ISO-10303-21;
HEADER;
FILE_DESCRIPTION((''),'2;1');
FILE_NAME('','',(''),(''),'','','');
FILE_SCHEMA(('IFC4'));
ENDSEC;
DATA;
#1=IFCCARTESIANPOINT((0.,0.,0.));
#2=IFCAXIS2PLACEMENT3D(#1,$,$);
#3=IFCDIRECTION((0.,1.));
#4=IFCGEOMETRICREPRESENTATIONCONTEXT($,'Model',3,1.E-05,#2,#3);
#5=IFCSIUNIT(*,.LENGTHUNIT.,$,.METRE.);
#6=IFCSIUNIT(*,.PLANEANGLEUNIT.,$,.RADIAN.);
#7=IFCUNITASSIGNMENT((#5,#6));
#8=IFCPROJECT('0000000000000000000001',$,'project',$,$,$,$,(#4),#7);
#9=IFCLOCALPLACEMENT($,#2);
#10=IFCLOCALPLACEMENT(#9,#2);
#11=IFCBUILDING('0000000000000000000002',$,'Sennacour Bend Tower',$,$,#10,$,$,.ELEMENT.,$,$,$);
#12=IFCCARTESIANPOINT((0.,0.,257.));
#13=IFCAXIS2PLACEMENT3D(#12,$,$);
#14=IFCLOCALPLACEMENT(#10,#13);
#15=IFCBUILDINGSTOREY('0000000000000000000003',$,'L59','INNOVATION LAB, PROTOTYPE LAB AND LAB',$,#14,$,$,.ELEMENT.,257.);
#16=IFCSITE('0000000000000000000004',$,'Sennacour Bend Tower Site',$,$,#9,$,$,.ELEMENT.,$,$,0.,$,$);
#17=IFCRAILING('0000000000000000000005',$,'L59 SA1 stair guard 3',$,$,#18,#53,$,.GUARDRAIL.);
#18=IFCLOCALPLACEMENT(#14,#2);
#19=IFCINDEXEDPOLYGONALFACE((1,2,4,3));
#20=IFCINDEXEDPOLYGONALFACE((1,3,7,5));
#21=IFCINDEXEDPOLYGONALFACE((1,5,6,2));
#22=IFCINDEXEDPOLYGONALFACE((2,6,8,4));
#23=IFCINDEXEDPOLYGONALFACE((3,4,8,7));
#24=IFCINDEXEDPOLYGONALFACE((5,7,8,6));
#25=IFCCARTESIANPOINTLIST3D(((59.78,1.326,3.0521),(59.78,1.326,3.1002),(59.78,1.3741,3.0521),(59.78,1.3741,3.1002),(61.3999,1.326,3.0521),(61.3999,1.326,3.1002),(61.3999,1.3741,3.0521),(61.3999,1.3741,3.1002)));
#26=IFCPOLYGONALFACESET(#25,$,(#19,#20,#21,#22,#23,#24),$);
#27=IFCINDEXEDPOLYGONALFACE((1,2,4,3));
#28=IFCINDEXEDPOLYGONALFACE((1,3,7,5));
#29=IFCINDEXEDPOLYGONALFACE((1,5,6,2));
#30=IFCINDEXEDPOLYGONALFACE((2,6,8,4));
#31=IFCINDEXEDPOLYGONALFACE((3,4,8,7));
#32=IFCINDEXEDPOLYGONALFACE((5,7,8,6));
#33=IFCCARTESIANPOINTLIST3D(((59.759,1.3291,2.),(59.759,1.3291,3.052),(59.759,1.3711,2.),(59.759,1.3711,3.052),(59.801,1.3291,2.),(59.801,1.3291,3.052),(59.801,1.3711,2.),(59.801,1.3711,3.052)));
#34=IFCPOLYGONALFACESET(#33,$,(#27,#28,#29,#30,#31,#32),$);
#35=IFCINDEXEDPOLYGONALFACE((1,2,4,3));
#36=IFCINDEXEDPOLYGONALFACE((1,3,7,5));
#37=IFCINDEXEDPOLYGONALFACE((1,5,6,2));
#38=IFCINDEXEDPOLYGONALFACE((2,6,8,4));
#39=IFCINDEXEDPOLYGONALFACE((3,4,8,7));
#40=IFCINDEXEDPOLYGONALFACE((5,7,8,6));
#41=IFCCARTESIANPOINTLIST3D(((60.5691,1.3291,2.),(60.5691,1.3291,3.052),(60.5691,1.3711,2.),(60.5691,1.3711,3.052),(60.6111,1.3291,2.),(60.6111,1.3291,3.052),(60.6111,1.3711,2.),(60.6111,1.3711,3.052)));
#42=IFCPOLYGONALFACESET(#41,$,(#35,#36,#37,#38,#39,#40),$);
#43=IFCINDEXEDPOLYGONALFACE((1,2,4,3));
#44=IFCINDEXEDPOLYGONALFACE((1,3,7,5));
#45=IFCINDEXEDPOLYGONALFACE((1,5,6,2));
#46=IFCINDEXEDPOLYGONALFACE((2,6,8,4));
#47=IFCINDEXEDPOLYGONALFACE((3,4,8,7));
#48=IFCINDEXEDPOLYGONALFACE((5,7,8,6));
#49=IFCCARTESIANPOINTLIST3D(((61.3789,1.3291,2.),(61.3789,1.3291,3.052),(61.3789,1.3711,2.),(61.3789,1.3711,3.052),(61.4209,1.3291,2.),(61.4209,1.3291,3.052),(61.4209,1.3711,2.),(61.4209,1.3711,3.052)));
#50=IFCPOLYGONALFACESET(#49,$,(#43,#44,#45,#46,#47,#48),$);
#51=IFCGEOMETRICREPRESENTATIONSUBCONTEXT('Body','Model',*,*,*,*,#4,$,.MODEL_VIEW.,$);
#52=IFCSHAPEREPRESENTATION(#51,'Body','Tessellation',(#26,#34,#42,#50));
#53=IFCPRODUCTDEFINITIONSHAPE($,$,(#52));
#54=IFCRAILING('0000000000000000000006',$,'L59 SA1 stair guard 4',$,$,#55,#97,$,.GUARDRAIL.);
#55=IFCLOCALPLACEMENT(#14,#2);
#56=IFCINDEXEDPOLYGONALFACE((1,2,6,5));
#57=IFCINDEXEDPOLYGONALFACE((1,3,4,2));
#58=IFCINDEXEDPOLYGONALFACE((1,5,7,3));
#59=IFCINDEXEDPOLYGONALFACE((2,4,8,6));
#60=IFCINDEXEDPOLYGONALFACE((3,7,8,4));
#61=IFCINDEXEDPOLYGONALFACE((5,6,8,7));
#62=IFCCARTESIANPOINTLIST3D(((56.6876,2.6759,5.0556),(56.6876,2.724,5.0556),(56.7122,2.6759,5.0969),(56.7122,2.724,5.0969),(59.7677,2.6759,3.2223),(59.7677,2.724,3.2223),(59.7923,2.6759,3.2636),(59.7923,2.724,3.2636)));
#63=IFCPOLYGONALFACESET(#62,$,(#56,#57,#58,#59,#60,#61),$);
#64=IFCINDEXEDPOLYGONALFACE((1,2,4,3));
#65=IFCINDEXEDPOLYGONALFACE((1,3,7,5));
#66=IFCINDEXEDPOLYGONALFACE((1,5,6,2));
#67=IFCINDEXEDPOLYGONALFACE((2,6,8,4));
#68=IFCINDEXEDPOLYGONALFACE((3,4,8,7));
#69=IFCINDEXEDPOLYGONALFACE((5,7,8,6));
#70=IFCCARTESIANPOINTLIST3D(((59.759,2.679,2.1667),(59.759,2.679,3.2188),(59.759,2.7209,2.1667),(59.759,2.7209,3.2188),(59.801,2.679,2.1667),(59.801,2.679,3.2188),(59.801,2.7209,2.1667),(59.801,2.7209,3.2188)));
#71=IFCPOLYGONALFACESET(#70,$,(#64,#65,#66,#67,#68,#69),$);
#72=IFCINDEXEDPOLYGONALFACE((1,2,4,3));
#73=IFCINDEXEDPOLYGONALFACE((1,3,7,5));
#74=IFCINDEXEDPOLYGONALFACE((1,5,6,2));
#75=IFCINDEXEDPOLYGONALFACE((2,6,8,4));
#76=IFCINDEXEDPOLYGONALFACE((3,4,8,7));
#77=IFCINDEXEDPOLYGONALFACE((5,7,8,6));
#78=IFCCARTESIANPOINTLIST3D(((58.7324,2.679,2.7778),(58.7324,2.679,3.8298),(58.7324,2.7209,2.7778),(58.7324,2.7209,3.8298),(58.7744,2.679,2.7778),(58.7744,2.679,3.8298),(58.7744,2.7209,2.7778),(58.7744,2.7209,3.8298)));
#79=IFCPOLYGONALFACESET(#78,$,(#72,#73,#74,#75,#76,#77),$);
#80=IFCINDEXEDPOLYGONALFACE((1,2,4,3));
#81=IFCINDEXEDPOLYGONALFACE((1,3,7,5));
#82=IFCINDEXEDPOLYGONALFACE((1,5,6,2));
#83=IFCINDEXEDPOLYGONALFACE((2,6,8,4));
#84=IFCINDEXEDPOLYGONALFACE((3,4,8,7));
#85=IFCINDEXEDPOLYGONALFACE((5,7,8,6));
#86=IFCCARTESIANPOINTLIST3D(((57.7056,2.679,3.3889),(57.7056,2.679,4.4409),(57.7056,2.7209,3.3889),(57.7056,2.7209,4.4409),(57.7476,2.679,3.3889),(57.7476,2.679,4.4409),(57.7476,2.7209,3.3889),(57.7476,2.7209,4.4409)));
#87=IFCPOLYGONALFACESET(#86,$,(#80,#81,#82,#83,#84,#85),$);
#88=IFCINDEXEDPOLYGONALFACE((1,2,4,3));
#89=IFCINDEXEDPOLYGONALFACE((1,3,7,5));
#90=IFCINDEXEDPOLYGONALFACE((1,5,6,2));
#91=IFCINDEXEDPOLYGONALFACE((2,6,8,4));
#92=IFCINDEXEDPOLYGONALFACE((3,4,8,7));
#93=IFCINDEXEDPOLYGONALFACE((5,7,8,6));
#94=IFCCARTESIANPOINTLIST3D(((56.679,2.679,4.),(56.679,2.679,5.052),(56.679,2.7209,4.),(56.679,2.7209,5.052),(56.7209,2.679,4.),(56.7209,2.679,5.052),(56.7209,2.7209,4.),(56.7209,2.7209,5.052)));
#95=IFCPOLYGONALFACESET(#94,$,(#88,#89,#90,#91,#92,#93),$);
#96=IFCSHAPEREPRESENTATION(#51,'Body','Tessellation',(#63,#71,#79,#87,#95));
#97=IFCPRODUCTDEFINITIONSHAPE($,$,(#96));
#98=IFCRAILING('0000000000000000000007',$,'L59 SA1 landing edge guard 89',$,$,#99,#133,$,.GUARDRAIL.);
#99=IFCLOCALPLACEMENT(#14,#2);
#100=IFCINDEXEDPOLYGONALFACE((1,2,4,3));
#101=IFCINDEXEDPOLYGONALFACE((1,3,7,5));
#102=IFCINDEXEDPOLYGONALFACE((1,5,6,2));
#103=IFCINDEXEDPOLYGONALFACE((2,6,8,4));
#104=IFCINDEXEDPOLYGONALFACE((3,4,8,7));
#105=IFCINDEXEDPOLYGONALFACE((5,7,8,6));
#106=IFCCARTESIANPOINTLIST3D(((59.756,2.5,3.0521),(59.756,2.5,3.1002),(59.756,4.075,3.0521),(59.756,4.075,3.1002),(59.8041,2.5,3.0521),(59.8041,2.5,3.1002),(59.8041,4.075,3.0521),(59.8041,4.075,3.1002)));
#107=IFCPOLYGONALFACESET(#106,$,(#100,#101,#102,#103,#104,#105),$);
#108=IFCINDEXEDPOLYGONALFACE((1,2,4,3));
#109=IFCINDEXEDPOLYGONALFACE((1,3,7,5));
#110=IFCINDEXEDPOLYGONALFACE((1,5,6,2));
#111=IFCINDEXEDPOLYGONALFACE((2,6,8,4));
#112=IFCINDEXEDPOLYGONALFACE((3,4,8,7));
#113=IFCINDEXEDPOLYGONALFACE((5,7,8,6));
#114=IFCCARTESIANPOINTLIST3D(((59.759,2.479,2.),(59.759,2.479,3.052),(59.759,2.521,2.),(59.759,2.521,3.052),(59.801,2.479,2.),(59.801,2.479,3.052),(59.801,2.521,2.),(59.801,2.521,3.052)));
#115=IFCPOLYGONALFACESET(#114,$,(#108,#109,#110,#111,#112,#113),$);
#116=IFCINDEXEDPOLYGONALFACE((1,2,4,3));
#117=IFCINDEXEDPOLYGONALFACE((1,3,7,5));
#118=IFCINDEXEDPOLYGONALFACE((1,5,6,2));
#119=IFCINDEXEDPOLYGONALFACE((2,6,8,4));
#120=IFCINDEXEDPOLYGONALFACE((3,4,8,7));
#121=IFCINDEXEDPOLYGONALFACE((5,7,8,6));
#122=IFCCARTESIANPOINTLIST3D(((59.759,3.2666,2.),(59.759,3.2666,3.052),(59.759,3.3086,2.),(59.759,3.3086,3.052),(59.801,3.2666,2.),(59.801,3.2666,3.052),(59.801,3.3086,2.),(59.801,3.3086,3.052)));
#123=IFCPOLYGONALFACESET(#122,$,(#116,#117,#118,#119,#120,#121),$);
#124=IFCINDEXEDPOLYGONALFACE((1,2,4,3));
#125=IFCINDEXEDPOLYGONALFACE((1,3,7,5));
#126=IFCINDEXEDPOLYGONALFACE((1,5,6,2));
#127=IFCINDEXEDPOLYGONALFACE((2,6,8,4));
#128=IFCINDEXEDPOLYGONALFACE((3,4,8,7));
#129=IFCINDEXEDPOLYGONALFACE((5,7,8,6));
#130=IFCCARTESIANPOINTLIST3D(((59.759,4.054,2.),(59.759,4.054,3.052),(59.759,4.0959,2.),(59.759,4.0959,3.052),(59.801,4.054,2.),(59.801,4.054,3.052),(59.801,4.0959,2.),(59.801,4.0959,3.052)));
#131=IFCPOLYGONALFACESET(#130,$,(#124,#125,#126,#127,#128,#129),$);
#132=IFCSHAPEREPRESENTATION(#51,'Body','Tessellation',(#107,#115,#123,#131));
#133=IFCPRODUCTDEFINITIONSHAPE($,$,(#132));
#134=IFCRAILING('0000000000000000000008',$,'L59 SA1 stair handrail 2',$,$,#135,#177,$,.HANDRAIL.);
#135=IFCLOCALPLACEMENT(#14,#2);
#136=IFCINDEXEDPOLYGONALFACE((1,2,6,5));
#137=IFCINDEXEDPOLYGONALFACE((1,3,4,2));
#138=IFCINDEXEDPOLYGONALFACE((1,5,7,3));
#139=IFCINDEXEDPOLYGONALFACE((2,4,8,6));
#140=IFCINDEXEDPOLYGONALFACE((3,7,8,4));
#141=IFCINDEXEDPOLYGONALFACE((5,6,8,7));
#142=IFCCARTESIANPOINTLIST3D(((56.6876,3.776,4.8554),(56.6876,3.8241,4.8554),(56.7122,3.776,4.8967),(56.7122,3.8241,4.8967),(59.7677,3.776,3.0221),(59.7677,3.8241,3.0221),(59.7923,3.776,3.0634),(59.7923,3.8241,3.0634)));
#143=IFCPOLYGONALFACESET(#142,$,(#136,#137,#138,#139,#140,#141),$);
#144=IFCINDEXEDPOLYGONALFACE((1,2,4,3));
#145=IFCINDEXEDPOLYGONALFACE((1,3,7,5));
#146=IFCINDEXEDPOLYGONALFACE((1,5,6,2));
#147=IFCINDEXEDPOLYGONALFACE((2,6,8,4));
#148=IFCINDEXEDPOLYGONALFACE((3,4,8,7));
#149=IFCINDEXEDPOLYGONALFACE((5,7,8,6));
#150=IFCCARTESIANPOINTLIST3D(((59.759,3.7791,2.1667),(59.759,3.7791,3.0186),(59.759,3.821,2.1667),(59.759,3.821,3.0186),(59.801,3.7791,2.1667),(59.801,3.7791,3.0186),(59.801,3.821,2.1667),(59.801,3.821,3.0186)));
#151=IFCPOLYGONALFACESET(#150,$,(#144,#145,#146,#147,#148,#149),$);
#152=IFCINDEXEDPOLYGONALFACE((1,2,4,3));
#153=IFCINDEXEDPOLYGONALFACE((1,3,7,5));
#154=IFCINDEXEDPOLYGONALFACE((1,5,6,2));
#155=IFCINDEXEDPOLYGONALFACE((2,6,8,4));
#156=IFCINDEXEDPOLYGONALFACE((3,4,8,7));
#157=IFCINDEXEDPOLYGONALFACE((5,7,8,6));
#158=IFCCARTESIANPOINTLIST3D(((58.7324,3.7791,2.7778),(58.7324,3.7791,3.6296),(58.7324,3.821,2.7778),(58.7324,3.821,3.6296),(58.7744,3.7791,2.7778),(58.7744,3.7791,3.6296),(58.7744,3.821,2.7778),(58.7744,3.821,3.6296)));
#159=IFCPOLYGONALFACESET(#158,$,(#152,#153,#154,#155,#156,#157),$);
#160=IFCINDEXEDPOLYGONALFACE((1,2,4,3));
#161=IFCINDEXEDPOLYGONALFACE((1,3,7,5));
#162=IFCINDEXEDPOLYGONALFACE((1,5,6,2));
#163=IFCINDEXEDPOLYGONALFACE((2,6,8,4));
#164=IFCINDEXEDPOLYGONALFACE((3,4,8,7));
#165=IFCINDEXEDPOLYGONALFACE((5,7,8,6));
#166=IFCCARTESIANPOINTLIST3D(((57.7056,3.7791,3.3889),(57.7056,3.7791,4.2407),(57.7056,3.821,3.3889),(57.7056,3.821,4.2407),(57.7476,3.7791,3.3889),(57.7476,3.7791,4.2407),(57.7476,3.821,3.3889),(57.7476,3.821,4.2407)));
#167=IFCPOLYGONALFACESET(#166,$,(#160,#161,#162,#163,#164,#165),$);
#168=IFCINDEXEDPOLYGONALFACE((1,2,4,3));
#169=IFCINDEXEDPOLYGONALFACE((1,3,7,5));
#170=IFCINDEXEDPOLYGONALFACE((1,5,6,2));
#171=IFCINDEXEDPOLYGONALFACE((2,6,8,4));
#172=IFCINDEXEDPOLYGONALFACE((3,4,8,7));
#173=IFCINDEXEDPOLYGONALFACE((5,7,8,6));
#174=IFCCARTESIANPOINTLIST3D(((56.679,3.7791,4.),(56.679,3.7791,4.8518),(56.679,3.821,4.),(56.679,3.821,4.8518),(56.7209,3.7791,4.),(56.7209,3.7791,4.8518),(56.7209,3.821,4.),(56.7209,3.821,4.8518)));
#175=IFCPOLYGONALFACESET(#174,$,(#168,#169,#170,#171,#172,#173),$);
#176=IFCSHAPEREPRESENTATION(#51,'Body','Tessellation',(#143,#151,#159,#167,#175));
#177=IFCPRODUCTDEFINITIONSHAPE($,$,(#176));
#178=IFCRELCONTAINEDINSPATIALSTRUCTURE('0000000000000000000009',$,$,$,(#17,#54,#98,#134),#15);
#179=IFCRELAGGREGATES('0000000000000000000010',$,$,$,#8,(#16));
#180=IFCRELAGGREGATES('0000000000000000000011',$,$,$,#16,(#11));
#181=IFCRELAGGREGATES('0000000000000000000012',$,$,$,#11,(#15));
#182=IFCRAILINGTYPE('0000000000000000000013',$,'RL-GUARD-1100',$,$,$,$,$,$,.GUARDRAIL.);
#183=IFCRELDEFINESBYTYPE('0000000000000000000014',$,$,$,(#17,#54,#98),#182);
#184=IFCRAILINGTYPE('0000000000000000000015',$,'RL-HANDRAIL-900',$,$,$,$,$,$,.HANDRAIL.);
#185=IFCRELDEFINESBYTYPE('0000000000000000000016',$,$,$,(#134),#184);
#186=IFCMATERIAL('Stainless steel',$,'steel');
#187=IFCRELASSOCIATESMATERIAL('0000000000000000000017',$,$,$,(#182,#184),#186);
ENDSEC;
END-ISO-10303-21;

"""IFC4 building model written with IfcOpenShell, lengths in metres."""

from ifc_helpers import new_model, si_unit, direction, frame, origin, origin_2d, place, context, subcontext, project, spatial, rectangle, extrude, material, type_object, element, save


model = new_model("IFC4")

# Units and contexts
model_context = context("Model", 3, precision=1e-05, world=origin(), true_north=direction((0.0, 1.0)))
body_context = subcontext(model_context, "Body", "Model", "MODEL_VIEW")
ifc_project = project(units=[si_unit("LENGTHUNIT", "METRE"), si_unit("PLANEANGLEUNIT", "RADIAN")], contexts=[model_context])

# Site, building, storey
site_placement = place(None, origin())
site = spatial("IfcSite", under=ifc_project, at=site_placement, Name="Sennacour Bend Tower Site", CompositionType="ELEMENT", RefElevation=0.0)
building_placement = place(site_placement, origin())
building = spatial("IfcBuilding", under=site, at=building_placement, Name="Sennacour Bend Tower", CompositionType="ELEMENT")
storey_placement = place(building_placement, frame((0.0, 0.0, 257.0)))
storey = spatial("IfcBuildingStorey", under=building, at=storey_placement, Name="L59", Description="INNOVATION LAB, PROTOTYPE LAB AND LAB", CompositionType="ELEMENT", Elevation=257.0)

# Shared definitions
ifc_material_1 = material(Name="Stainless steel", Category="steel")

# Railings
railing_type_1 = type_object("IfcRailingType", Name="RL-GUARD-1100", PredefinedType="GUARDRAIL", material=ifc_material_1)
railing_1_placement = place(storey_placement, frame((59.78, 1.3501, 2.0)))
element("IfcRailing", 1, at=railing_1_placement, inside=storey, type_object=railing_type_1, Name="L59 SA1 stair guard 3", PredefinedType="GUARDRAIL", context=body_context, shape_type="SweptSolid", body=[
    extrude(rectangle(XDim=0.0481, YDim=0.0481, at=origin_2d()), frame((0.0, 0.0, 1.0762), z_axis=(1.0, 0.0, 0.0), x_axis=(0.0, 1.0, 0.0)), (0.0, 0.0, 1.0), 1.6199),
    extrude(rectangle(XDim=0.042, YDim=0.042, at=origin_2d()), origin(), (0.0, 0.0, 1.0), 1.052),
    extrude(rectangle(XDim=0.042, YDim=0.042, at=origin_2d()), frame((0.8101, 0.0, 0.0)), (0.0, 0.0, 1.0), 1.052),
    extrude(rectangle(XDim=0.042, YDim=0.042, at=origin_2d()), frame((1.6199, 0.0, 0.0)), (0.0, 0.0, 1.0), 1.052),
])
railing_2_placement = place(storey_placement, frame((59.78, 2.7, 2.1667)))
element("IfcRailing", 2, at=railing_2_placement, inside=storey, type_object=railing_type_1, Name="L59 SA1 stair guard 4", PredefinedType="GUARDRAIL", context=body_context, shape_type="SweptSolid", body=[
    extrude(rectangle(XDim=0.0481, YDim=0.0481, at=origin_2d()), frame((0.0, 0.0, 1.0762), z_axis=(-0.859309, 0.0, 0.511458), x_axis=(0.0, -1.0, 0.0)), (0.0, 0.0, 1.0), 3.5845),
    extrude(rectangle(XDim=0.042, YDim=0.042, at=origin_2d()), origin(), (0.0, 0.0, 1.0), 1.052),
    extrude(rectangle(XDim=0.042, YDim=0.042, at=origin_2d()), frame((-1.0266, 0.0, 0.6111)), (0.0, 0.0, 1.0), 1.052),
    extrude(rectangle(XDim=0.042, YDim=0.042, at=origin_2d()), frame((-2.0535, 0.0, 1.2222)), (0.0, 0.0, 1.0), 1.052),
    extrude(rectangle(XDim=0.042, YDim=0.042, at=origin_2d()), frame((-3.0801, 0.0, 1.8333)), (0.0, 0.0, 1.0), 1.052),
])
railing_3_placement = place(storey_placement, frame((59.78, 2.5, 2.0)))
element("IfcRailing", 3, at=railing_3_placement, inside=storey, type_object=railing_type_1, Name="L59 SA1 landing edge guard 89", PredefinedType="GUARDRAIL", context=body_context, shape_type="SweptSolid", body=[
    extrude(rectangle(XDim=0.0481, YDim=0.0481, at=origin_2d()), frame((0.0, 0.0, 1.0762), z_axis=(0.0, 1.0, 0.0), x_axis=(-1.0, 0.0, 0.0)), (0.0, 0.0, 1.0), 1.575),
    extrude(rectangle(XDim=0.042, YDim=0.042, at=origin_2d()), origin(), (0.0, 0.0, 1.0), 1.052),
    extrude(rectangle(XDim=0.042, YDim=0.042, at=origin_2d()), frame((0.0, 0.7876, 0.0)), (0.0, 0.0, 1.0), 1.052),
    extrude(rectangle(XDim=0.042, YDim=0.042, at=origin_2d()), frame((0.0, 1.575, 0.0)), (0.0, 0.0, 1.0), 1.052),
])
railing_type_2 = type_object("IfcRailingType", Name="RL-HANDRAIL-900", PredefinedType="HANDRAIL", material=ifc_material_1)
railing_4_placement = place(storey_placement, frame((59.78, 3.8, 2.1667)))
element("IfcRailing", 4, at=railing_4_placement, inside=storey, type_object=railing_type_2, Name="L59 SA1 stair handrail 2", PredefinedType="HANDRAIL", context=body_context, shape_type="SweptSolid", body=[
    extrude(rectangle(XDim=0.0481, YDim=0.0481, at=origin_2d()), frame((0.0, 0.0, 0.876), z_axis=(-0.859309, 0.0, 0.511458), x_axis=(0.0, -1.0, 0.0)), (0.0, 0.0, 1.0), 3.5845),
    extrude(rectangle(XDim=0.042, YDim=0.042, at=origin_2d()), origin(), (0.0, 0.0, 1.0), 0.8518),
    extrude(rectangle(XDim=0.042, YDim=0.042, at=origin_2d()), frame((-1.0266, 0.0, 0.6111)), (0.0, 0.0, 1.0), 0.8518),
    extrude(rectangle(XDim=0.042, YDim=0.042, at=origin_2d()), frame((-2.0535, 0.0, 1.2222)), (0.0, 0.0, 1.0), 0.8518),
    extrude(rectangle(XDim=0.042, YDim=0.042, at=origin_2d()), frame((-3.0801, 0.0, 1.8333)), (0.0, 0.0, 1.0), 0.8518),
])

save(model, "model.ifc")
